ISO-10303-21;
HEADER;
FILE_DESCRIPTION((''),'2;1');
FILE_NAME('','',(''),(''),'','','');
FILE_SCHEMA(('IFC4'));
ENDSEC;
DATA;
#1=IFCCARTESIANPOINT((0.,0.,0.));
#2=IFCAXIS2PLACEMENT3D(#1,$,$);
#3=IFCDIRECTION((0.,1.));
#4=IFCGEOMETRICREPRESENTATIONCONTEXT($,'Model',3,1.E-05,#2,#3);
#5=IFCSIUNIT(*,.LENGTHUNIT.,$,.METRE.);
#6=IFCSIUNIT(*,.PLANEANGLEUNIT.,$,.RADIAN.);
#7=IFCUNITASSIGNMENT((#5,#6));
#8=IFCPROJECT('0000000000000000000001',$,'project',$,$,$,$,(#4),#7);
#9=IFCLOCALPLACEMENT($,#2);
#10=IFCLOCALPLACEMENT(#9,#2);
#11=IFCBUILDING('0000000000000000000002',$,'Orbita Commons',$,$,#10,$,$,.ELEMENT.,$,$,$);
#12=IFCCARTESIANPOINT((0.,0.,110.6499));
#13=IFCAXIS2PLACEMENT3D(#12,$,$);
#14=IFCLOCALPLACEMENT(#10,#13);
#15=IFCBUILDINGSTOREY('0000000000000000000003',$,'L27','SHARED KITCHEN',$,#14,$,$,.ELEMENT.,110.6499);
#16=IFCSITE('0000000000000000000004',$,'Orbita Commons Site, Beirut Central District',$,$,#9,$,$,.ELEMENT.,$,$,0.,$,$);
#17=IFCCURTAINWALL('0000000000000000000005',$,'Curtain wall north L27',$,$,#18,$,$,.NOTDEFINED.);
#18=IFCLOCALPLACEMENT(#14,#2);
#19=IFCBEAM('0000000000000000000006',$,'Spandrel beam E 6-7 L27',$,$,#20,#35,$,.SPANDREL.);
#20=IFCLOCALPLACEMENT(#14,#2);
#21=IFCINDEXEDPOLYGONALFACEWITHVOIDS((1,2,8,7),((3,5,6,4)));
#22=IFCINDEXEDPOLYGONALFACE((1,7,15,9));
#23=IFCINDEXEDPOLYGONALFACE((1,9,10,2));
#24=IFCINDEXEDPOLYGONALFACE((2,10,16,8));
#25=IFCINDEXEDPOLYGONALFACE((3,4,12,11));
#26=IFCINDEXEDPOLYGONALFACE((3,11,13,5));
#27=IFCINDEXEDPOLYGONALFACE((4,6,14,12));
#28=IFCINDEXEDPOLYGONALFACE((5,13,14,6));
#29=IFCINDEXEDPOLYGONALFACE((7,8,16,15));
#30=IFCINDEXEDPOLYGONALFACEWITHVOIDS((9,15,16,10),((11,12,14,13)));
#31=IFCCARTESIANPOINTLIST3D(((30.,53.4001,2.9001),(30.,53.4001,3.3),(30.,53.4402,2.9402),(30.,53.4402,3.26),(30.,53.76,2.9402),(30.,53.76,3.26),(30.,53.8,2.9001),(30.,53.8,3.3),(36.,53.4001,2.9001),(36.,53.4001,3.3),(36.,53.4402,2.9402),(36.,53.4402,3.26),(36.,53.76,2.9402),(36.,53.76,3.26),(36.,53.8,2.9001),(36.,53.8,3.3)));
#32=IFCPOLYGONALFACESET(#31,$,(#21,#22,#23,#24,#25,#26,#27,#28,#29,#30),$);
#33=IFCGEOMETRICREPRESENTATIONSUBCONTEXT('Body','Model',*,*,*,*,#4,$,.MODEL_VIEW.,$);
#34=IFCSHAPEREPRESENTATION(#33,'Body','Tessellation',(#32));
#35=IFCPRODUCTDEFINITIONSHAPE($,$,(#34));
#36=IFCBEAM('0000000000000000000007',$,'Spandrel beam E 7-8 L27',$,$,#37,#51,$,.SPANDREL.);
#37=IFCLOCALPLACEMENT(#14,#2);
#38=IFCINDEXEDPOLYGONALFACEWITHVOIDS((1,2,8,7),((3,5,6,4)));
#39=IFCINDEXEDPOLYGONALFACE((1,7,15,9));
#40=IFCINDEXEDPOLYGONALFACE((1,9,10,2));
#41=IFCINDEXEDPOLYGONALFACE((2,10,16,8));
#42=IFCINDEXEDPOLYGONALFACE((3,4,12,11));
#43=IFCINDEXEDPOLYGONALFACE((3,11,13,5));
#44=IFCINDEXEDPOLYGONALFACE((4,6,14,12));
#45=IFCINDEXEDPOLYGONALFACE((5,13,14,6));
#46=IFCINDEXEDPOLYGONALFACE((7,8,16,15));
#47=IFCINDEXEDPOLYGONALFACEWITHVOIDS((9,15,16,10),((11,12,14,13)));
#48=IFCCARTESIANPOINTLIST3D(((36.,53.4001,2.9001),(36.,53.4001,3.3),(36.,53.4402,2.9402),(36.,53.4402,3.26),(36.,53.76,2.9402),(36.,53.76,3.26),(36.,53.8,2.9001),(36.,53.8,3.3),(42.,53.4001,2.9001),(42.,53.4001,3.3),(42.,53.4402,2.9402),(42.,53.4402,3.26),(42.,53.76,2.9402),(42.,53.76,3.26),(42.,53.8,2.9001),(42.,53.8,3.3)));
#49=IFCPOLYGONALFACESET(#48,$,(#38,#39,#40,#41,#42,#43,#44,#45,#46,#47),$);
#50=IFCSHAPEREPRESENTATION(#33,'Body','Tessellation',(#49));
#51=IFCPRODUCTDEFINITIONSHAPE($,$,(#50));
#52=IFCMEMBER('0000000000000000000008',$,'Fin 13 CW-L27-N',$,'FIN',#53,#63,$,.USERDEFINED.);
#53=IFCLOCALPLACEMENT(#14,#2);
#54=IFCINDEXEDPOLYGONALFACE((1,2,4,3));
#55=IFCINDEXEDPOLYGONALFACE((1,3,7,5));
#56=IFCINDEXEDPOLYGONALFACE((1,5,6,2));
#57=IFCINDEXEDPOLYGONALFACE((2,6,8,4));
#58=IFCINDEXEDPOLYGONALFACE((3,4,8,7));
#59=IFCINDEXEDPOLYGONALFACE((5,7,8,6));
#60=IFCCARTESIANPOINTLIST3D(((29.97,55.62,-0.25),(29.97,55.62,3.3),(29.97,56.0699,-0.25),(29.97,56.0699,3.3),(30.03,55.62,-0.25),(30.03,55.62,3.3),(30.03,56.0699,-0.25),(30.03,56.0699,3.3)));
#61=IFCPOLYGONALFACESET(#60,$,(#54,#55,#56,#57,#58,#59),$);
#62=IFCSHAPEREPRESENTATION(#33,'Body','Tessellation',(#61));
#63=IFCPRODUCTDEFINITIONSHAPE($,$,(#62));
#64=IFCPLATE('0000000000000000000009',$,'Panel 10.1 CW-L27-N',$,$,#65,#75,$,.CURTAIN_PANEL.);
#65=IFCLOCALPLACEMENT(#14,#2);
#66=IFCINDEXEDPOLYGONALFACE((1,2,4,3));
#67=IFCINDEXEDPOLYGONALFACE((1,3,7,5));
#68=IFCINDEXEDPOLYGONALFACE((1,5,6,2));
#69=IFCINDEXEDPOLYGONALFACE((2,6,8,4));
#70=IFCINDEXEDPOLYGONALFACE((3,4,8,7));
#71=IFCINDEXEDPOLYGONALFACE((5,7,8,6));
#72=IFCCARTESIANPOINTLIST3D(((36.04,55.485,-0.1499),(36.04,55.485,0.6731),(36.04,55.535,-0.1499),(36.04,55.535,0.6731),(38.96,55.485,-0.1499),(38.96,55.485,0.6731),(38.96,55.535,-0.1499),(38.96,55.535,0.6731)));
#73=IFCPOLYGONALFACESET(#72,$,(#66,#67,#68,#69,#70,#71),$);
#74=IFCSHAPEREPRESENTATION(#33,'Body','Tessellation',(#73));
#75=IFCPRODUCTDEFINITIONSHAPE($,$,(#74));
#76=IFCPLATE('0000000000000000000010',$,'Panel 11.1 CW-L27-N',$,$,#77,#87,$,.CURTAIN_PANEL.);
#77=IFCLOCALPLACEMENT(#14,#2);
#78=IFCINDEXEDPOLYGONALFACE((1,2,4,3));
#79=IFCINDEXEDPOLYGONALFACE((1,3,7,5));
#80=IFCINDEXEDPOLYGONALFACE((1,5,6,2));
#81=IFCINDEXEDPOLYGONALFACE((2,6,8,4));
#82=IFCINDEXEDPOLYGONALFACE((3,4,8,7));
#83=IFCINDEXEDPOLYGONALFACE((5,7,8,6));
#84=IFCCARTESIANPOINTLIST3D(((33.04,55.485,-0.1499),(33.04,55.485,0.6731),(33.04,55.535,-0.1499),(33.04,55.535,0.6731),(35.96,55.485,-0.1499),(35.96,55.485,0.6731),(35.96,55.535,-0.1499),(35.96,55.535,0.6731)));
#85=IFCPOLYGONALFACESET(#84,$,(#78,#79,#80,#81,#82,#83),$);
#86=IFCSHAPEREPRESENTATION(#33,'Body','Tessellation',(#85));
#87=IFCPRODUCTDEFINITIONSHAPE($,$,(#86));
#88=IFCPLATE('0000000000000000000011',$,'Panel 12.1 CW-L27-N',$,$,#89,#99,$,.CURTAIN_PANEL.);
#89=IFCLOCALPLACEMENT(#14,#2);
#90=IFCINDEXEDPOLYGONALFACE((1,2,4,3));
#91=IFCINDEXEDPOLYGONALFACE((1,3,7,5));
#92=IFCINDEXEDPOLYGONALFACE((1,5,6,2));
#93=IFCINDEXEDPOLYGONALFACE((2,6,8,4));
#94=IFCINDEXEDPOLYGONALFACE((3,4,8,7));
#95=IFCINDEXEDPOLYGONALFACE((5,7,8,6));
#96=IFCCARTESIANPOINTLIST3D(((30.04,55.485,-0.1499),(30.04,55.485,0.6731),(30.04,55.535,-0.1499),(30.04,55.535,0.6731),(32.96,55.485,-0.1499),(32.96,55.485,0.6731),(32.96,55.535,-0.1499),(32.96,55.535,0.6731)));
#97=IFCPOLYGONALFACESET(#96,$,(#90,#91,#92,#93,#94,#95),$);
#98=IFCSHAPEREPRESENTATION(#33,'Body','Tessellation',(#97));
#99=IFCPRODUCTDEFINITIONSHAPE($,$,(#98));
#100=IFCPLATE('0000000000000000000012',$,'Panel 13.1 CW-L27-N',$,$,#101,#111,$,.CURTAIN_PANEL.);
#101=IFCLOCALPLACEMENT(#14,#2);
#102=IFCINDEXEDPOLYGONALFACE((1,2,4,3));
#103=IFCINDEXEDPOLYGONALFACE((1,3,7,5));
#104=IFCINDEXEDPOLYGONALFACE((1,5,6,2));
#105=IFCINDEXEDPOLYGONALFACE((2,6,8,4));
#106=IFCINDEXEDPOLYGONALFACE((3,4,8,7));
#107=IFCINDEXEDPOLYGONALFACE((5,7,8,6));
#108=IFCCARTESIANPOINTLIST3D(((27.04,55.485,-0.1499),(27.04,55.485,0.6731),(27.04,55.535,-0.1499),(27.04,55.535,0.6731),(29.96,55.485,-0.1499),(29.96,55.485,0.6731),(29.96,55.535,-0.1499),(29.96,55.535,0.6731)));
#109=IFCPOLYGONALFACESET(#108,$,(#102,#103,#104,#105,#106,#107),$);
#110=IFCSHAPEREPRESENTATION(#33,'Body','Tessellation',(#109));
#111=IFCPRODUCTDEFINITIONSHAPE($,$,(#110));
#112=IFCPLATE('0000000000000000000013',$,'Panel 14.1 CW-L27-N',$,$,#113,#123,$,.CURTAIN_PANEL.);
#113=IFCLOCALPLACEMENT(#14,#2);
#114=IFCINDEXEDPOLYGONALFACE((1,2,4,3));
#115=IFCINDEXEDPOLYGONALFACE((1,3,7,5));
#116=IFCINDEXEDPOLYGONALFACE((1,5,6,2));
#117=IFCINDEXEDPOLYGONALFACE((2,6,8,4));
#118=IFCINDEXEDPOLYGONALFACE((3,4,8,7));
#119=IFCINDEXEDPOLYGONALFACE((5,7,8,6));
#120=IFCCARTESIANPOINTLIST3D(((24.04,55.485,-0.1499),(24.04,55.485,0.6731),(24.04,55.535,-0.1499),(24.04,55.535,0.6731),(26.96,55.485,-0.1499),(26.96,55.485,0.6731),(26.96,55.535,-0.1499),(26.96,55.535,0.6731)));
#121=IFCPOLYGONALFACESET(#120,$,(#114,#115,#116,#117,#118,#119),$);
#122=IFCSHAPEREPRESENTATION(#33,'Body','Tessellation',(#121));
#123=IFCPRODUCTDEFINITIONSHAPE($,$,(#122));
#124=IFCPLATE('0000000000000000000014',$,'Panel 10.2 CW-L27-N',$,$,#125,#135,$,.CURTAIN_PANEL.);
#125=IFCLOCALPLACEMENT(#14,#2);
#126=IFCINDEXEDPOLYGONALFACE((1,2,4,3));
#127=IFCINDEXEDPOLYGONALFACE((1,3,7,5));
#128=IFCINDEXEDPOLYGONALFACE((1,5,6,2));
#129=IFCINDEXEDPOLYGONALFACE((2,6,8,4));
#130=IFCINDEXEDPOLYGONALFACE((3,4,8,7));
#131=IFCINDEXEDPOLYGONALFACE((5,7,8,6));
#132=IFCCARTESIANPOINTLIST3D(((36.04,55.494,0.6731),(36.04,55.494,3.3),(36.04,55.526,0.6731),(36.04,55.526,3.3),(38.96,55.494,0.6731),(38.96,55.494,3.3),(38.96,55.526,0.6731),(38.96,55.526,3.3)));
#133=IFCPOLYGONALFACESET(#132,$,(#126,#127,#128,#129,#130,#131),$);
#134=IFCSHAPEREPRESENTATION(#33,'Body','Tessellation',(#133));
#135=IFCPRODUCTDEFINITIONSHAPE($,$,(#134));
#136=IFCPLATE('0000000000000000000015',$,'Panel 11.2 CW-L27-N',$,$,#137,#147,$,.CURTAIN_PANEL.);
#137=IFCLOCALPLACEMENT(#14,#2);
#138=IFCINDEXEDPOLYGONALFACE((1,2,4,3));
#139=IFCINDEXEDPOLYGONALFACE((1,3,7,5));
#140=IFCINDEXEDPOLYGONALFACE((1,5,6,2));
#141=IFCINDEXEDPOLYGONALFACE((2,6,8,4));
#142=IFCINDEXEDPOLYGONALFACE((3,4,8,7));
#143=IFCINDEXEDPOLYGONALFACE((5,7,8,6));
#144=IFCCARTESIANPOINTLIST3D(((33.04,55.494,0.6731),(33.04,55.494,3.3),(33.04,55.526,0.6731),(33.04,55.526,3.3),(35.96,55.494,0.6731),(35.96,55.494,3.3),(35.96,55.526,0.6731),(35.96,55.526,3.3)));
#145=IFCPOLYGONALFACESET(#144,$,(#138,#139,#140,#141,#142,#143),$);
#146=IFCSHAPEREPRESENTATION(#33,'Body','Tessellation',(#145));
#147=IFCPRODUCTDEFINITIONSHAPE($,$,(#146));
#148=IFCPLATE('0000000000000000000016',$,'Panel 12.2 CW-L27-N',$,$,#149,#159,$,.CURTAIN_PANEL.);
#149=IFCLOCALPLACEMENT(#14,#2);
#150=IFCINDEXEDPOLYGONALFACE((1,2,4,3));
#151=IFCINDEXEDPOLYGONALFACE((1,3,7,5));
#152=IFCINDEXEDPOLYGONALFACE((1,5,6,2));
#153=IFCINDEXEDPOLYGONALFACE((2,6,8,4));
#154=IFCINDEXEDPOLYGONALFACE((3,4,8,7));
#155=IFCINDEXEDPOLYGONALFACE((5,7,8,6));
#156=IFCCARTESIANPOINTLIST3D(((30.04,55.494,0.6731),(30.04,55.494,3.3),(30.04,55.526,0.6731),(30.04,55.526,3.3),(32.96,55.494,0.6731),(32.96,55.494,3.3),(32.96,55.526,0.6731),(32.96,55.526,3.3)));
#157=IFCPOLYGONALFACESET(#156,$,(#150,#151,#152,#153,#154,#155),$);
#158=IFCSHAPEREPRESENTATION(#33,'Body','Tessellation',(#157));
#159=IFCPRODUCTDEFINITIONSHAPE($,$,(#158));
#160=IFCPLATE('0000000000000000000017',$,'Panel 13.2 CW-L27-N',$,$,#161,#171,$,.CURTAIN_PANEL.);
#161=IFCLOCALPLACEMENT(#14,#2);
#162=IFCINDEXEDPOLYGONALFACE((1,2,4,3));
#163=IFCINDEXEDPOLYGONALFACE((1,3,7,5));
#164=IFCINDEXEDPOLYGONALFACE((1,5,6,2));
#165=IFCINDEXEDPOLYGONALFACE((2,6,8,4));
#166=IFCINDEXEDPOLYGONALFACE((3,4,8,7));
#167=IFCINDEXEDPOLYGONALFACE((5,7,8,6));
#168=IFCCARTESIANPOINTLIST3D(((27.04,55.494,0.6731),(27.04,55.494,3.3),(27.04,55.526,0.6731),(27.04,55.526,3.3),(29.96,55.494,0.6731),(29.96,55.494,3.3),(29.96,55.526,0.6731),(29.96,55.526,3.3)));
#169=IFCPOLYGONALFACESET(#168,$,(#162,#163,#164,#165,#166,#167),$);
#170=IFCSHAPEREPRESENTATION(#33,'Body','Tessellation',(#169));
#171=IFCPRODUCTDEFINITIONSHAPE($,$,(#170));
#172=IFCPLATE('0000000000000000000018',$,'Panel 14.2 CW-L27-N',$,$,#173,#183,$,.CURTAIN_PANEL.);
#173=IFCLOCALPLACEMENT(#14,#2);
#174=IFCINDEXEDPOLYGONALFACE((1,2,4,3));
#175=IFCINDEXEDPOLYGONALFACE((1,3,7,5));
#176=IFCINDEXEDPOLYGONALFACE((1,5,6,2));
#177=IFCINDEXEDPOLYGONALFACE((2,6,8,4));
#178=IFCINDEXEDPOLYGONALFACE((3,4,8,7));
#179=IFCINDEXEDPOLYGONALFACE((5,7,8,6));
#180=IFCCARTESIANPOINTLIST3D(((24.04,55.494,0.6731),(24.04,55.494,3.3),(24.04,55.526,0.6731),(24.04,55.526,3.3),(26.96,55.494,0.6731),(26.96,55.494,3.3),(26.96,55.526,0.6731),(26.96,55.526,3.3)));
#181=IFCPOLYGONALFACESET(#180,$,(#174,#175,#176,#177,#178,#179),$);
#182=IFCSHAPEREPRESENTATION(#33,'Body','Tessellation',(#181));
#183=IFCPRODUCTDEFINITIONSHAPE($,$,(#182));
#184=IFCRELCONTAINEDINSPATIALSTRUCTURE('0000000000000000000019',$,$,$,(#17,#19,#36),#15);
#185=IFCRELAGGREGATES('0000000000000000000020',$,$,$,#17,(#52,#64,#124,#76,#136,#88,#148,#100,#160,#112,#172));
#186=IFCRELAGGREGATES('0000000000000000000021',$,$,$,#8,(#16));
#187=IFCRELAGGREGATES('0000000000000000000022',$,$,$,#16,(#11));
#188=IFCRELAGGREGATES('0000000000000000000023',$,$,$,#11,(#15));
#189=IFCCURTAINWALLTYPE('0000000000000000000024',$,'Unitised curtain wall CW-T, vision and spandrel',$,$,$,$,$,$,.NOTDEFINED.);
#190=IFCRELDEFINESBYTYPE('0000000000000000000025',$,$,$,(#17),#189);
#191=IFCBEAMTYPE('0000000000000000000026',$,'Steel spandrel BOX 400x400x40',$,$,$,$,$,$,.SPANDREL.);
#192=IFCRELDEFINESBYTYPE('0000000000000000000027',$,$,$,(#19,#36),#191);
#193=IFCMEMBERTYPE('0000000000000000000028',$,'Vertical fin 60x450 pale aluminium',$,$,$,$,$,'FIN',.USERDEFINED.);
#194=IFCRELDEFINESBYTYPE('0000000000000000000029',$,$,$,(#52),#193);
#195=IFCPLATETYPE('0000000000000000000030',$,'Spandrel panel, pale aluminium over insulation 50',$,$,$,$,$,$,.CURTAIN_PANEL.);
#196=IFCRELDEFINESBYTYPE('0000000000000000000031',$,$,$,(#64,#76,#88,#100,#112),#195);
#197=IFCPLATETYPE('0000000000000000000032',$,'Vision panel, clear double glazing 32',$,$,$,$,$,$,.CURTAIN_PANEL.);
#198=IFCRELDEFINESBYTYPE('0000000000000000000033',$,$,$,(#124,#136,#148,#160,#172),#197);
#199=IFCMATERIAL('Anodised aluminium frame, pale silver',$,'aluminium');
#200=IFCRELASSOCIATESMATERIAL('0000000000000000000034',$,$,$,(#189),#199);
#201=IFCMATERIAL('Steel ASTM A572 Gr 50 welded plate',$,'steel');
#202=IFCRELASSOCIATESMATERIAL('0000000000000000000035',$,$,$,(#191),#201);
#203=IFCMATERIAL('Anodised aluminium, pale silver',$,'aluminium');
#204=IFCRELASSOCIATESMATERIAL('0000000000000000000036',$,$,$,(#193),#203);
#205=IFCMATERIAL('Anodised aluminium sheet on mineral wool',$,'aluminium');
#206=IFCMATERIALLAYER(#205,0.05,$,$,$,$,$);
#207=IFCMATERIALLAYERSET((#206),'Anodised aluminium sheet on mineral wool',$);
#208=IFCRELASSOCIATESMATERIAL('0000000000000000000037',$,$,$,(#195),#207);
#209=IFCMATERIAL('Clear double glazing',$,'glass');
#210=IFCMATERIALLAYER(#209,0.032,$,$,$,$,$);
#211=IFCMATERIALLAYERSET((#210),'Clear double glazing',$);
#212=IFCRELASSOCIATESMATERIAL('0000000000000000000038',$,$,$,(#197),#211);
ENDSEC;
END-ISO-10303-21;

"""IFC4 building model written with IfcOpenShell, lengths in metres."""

from ifc_helpers import new_model, si_unit, direction, frame, origin, origin_2d, place, context, subcontext, project, spatial, rectangle, hollow_rectangle, extrude, material, layer, layer_set, material_profile, profile_set, type_object, element, aggregate, save


model = new_model("IFC4")

# Units and contexts
model_context = context("Model", 3, precision=1e-05, world=origin(), true_north=direction((0.0, 1.0)))
body_context = subcontext(model_context, "Body", "Model", "MODEL_VIEW")
ifc_project = project(units=[si_unit("LENGTHUNIT", "METRE"), si_unit("PLANEANGLEUNIT", "RADIAN")], contexts=[model_context])

# Site, building, storey
site_placement = place(None, origin())
site = spatial("IfcSite", under=ifc_project, at=site_placement, Name="Orbita Commons Site, Beirut Central District", CompositionType="ELEMENT", RefElevation=0.0)
building_placement = place(site_placement, origin())
building = spatial("IfcBuilding", under=site, at=building_placement, Name="Orbita Commons", CompositionType="ELEMENT")
storey_placement = place(building_placement, frame((0.0, 0.0, 110.6499)))
storey = spatial("IfcBuildingStorey", under=building, at=storey_placement, Name="L27", Description="SHARED KITCHEN", CompositionType="ELEMENT", Elevation=110.6499)

# Curtain wall
ifc_material_1 = material(Name="Anodised aluminium frame, pale silver", Category="aluminium")
curtain_wall_type = type_object("IfcCurtainWallType", Name="Unitised curtain wall CW-T, vision and spandrel", PredefinedType="NOTDEFINED", material=ifc_material_1)
curtain_wall_placement = place(storey_placement, origin())
curtain_wall = element("IfcCurtainWall", 1, at=curtain_wall_placement, inside=storey, type_object=curtain_wall_type, Name="Curtain wall north L27", PredefinedType="NOTDEFINED")

# Beams
ifc_material_2 = material(Name="Steel ASTM A572 Gr 50 welded plate", Category="steel")
ifc_material_profile_1 = material_profile(ifc_material_2, hollow_rectangle(XDim=0.3999, YDim=0.3999, WallThickness=0.04, at=origin_2d()), Name="BOX 400x400x40")
ifc_profile_set_1 = profile_set([ifc_material_profile_1], Name="Steel ASTM A572 Gr 50 welded plate")
beam_type = type_object("IfcBeamType", Name="Steel spandrel BOX 400x400x40", PredefinedType="SPANDREL", material=ifc_profile_set_1)
for number, where, z_axis, x_axis, name in (
    (2, (30.0, 53.6001, 3.1001), (1.0, 0.0, 0.0), (0.0, 1.0, 0.0), "Spandrel beam E 6-7 L27"),
    (3, (36.0, 53.6001, 3.1001), (1.0, 0.0, 0.0), (0.0, 1.0, 0.0), "Spandrel beam E 7-8 L27"),
):
    element("IfcBeam", number, at=place(storey_placement, frame(where, z_axis=z_axis, x_axis=x_axis)), inside=storey, type_object=beam_type, Name=name, PredefinedType="SPANDREL", context=body_context, shape_type="SweptSolid", body=[
        extrude(hollow_rectangle(XDim=0.3999, YDim=0.3999, WallThickness=0.04, at=origin_2d()), origin(), (0.0, 0.0, 1.0), 6.0),
    ])

# Member
ifc_material_3 = material(Name="Anodised aluminium, pale silver", Category="aluminium")
ifc_material_profile_2 = material_profile(ifc_material_3, rectangle(XDim=0.0601, YDim=0.45, at=origin_2d()), Name="FIN 60x450")
ifc_profile_set_2 = profile_set([ifc_material_profile_2], Name="Anodised aluminium, pale silver")
member_type_1 = type_object("IfcMemberType", Name="Vertical fin 60x450 pale aluminium", ElementType="FIN", PredefinedType="USERDEFINED", material=ifc_profile_set_2)
member_1_placement = place(storey_placement, frame((30.0, 55.845, -0.25), z_axis=(0.0, 0.0, 1.0), x_axis=(-1.0, 0.0, 0.0)))
member_1 = element("IfcMember", 4, at=member_1_placement, type_object=member_type_1, Name="Fin 13 CW-L27-N", ObjectType="FIN", PredefinedType="USERDEFINED", context=body_context, shape_type="SweptSolid", body=[
    extrude(rectangle(XDim=0.0601, YDim=0.45, at=origin_2d()), origin(), (0.0, 0.0, 1.0), 3.55),
])

# Plates
ifc_material_4 = material(Name="Anodised aluminium sheet on mineral wool", Category="aluminium")
ifc_layer_1 = layer(ifc_material_4, 0.05)
ifc_layer_set_1 = layer_set([ifc_layer_1], Name="Anodised aluminium sheet on mineral wool")
plate_type_1 = type_object("IfcPlateType", Name="Spandrel panel, pale aluminium over insulation 50", PredefinedType="CURTAIN_PANEL", material=ifc_layer_set_1)
plate_1_placement = place(storey_placement, frame((37.5, 55.51, -0.1499), z_axis=(0.0, 0.0, 1.0), x_axis=(-1.0, 0.0, 0.0)))
plate_1 = element("IfcPlate", 5, at=plate_1_placement, type_object=plate_type_1, Name="Panel 10.1 CW-L27-N", PredefinedType="CURTAIN_PANEL", context=body_context, shape_type="SweptSolid", body=[
    extrude(rectangle(XDim=2.9199, YDim=0.05, at=origin_2d()), origin(), (0.0, 0.0, 1.0), 0.823),
])
plate_2_placement = place(storey_placement, frame((34.5, 55.51, -0.1499), z_axis=(0.0, 0.0, 1.0), x_axis=(-1.0, 0.0, 0.0)))
plate_2 = element("IfcPlate", 6, at=plate_2_placement, type_object=plate_type_1, Name="Panel 11.1 CW-L27-N", PredefinedType="CURTAIN_PANEL", context=body_context, shape_type="SweptSolid", body=[
    extrude(rectangle(XDim=2.9199, YDim=0.05, at=origin_2d()), origin(), (0.0, 0.0, 1.0), 0.823),
])
plate_3_placement = place(storey_placement, frame((31.5, 55.51, -0.1499), z_axis=(0.0, 0.0, 1.0), x_axis=(-1.0, 0.0, 0.0)))
plate_3 = element("IfcPlate", 7, at=plate_3_placement, type_object=plate_type_1, Name="Panel 12.1 CW-L27-N", PredefinedType="CURTAIN_PANEL", context=body_context, shape_type="SweptSolid", body=[
    extrude(rectangle(XDim=2.9199, YDim=0.05, at=origin_2d()), origin(), (0.0, 0.0, 1.0), 0.823),
])
plate_4_placement = place(storey_placement, frame((28.5, 55.51, -0.1499), z_axis=(0.0, 0.0, 1.0), x_axis=(-1.0, 0.0, 0.0)))
plate_4 = element("IfcPlate", 8, at=plate_4_placement, type_object=plate_type_1, Name="Panel 13.1 CW-L27-N", PredefinedType="CURTAIN_PANEL", context=body_context, shape_type="SweptSolid", body=[
    extrude(rectangle(XDim=2.9199, YDim=0.05, at=origin_2d()), origin(), (0.0, 0.0, 1.0), 0.823),
])
plate_5_placement = place(storey_placement, frame((25.5, 55.51, -0.1499), z_axis=(0.0, 0.0, 1.0), x_axis=(-1.0, 0.0, 0.0)))
plate_5 = element("IfcPlate", 9, at=plate_5_placement, type_object=plate_type_1, Name="Panel 14.1 CW-L27-N", PredefinedType="CURTAIN_PANEL", context=body_context, shape_type="SweptSolid", body=[
    extrude(rectangle(XDim=2.9199, YDim=0.05, at=origin_2d()), origin(), (0.0, 0.0, 1.0), 0.823),
])
ifc_material_5 = material(Name="Clear double glazing", Category="glass")
ifc_layer_2 = layer(ifc_material_5, 0.032)
ifc_layer_set_2 = layer_set([ifc_layer_2], Name="Clear double glazing")
plate_type_2 = type_object("IfcPlateType", Name="Vision panel, clear double glazing 32", PredefinedType="CURTAIN_PANEL", material=ifc_layer_set_2)
plate_6_placement = place(storey_placement, frame((37.5, 55.51, 0.6731), z_axis=(0.0, 0.0, 1.0), x_axis=(-1.0, 0.0, 0.0)))
plate_6 = element("IfcPlate", 10, at=plate_6_placement, type_object=plate_type_2, Name="Panel 10.2 CW-L27-N", PredefinedType="CURTAIN_PANEL", context=body_context, shape_type="SweptSolid", body=[
    extrude(rectangle(XDim=2.9199, YDim=0.032, at=origin_2d()), origin(), (0.0, 0.0, 1.0), 2.627),
])
plate_7_placement = place(storey_placement, frame((34.5, 55.51, 0.6731), z_axis=(0.0, 0.0, 1.0), x_axis=(-1.0, 0.0, 0.0)))
plate_7 = element("IfcPlate", 11, at=plate_7_placement, type_object=plate_type_2, Name="Panel 11.2 CW-L27-N", PredefinedType="CURTAIN_PANEL", context=body_context, shape_type="SweptSolid", body=[
    extrude(rectangle(XDim=2.9199, YDim=0.032, at=origin_2d()), origin(), (0.0, 0.0, 1.0), 2.627),
])
plate_8_placement = place(storey_placement, frame((31.5, 55.51, 0.6731), z_axis=(0.0, 0.0, 1.0), x_axis=(-1.0, 0.0, 0.0)))
plate_8 = element("IfcPlate", 12, at=plate_8_placement, type_object=plate_type_2, Name="Panel 12.2 CW-L27-N", PredefinedType="CURTAIN_PANEL", context=body_context, shape_type="SweptSolid", body=[
    extrude(rectangle(XDim=2.9199, YDim=0.032, at=origin_2d()), origin(), (0.0, 0.0, 1.0), 2.627),
])
plate_9_placement = place(storey_placement, frame((28.5, 55.51, 0.6731), z_axis=(0.0, 0.0, 1.0), x_axis=(-1.0, 0.0, 0.0)))
plate_9 = element("IfcPlate", 13, at=plate_9_placement, type_object=plate_type_2, Name="Panel 13.2 CW-L27-N", PredefinedType="CURTAIN_PANEL", context=body_context, shape_type="SweptSolid", body=[
    extrude(rectangle(XDim=2.9199, YDim=0.032, at=origin_2d()), origin(), (0.0, 0.0, 1.0), 2.627),
])
plate_10_placement = place(storey_placement, frame((25.5, 55.51, 0.6731), z_axis=(0.0, 0.0, 1.0), x_axis=(-1.0, 0.0, 0.0)))
plate_10 = element("IfcPlate", 14, at=plate_10_placement, type_object=plate_type_2, Name="Panel 14.2 CW-L27-N", PredefinedType="CURTAIN_PANEL", context=body_context, shape_type="SweptSolid", body=[
    extrude(rectangle(XDim=2.9199, YDim=0.032, at=origin_2d()), origin(), (0.0, 0.0, 1.0), 2.627),
])
aggregate(curtain_wall, [member_1, plate_1, plate_6, plate_2, plate_7, plate_3, plate_8, plate_4, plate_9, plate_5, plate_10])

save(model, "model.ifc")
